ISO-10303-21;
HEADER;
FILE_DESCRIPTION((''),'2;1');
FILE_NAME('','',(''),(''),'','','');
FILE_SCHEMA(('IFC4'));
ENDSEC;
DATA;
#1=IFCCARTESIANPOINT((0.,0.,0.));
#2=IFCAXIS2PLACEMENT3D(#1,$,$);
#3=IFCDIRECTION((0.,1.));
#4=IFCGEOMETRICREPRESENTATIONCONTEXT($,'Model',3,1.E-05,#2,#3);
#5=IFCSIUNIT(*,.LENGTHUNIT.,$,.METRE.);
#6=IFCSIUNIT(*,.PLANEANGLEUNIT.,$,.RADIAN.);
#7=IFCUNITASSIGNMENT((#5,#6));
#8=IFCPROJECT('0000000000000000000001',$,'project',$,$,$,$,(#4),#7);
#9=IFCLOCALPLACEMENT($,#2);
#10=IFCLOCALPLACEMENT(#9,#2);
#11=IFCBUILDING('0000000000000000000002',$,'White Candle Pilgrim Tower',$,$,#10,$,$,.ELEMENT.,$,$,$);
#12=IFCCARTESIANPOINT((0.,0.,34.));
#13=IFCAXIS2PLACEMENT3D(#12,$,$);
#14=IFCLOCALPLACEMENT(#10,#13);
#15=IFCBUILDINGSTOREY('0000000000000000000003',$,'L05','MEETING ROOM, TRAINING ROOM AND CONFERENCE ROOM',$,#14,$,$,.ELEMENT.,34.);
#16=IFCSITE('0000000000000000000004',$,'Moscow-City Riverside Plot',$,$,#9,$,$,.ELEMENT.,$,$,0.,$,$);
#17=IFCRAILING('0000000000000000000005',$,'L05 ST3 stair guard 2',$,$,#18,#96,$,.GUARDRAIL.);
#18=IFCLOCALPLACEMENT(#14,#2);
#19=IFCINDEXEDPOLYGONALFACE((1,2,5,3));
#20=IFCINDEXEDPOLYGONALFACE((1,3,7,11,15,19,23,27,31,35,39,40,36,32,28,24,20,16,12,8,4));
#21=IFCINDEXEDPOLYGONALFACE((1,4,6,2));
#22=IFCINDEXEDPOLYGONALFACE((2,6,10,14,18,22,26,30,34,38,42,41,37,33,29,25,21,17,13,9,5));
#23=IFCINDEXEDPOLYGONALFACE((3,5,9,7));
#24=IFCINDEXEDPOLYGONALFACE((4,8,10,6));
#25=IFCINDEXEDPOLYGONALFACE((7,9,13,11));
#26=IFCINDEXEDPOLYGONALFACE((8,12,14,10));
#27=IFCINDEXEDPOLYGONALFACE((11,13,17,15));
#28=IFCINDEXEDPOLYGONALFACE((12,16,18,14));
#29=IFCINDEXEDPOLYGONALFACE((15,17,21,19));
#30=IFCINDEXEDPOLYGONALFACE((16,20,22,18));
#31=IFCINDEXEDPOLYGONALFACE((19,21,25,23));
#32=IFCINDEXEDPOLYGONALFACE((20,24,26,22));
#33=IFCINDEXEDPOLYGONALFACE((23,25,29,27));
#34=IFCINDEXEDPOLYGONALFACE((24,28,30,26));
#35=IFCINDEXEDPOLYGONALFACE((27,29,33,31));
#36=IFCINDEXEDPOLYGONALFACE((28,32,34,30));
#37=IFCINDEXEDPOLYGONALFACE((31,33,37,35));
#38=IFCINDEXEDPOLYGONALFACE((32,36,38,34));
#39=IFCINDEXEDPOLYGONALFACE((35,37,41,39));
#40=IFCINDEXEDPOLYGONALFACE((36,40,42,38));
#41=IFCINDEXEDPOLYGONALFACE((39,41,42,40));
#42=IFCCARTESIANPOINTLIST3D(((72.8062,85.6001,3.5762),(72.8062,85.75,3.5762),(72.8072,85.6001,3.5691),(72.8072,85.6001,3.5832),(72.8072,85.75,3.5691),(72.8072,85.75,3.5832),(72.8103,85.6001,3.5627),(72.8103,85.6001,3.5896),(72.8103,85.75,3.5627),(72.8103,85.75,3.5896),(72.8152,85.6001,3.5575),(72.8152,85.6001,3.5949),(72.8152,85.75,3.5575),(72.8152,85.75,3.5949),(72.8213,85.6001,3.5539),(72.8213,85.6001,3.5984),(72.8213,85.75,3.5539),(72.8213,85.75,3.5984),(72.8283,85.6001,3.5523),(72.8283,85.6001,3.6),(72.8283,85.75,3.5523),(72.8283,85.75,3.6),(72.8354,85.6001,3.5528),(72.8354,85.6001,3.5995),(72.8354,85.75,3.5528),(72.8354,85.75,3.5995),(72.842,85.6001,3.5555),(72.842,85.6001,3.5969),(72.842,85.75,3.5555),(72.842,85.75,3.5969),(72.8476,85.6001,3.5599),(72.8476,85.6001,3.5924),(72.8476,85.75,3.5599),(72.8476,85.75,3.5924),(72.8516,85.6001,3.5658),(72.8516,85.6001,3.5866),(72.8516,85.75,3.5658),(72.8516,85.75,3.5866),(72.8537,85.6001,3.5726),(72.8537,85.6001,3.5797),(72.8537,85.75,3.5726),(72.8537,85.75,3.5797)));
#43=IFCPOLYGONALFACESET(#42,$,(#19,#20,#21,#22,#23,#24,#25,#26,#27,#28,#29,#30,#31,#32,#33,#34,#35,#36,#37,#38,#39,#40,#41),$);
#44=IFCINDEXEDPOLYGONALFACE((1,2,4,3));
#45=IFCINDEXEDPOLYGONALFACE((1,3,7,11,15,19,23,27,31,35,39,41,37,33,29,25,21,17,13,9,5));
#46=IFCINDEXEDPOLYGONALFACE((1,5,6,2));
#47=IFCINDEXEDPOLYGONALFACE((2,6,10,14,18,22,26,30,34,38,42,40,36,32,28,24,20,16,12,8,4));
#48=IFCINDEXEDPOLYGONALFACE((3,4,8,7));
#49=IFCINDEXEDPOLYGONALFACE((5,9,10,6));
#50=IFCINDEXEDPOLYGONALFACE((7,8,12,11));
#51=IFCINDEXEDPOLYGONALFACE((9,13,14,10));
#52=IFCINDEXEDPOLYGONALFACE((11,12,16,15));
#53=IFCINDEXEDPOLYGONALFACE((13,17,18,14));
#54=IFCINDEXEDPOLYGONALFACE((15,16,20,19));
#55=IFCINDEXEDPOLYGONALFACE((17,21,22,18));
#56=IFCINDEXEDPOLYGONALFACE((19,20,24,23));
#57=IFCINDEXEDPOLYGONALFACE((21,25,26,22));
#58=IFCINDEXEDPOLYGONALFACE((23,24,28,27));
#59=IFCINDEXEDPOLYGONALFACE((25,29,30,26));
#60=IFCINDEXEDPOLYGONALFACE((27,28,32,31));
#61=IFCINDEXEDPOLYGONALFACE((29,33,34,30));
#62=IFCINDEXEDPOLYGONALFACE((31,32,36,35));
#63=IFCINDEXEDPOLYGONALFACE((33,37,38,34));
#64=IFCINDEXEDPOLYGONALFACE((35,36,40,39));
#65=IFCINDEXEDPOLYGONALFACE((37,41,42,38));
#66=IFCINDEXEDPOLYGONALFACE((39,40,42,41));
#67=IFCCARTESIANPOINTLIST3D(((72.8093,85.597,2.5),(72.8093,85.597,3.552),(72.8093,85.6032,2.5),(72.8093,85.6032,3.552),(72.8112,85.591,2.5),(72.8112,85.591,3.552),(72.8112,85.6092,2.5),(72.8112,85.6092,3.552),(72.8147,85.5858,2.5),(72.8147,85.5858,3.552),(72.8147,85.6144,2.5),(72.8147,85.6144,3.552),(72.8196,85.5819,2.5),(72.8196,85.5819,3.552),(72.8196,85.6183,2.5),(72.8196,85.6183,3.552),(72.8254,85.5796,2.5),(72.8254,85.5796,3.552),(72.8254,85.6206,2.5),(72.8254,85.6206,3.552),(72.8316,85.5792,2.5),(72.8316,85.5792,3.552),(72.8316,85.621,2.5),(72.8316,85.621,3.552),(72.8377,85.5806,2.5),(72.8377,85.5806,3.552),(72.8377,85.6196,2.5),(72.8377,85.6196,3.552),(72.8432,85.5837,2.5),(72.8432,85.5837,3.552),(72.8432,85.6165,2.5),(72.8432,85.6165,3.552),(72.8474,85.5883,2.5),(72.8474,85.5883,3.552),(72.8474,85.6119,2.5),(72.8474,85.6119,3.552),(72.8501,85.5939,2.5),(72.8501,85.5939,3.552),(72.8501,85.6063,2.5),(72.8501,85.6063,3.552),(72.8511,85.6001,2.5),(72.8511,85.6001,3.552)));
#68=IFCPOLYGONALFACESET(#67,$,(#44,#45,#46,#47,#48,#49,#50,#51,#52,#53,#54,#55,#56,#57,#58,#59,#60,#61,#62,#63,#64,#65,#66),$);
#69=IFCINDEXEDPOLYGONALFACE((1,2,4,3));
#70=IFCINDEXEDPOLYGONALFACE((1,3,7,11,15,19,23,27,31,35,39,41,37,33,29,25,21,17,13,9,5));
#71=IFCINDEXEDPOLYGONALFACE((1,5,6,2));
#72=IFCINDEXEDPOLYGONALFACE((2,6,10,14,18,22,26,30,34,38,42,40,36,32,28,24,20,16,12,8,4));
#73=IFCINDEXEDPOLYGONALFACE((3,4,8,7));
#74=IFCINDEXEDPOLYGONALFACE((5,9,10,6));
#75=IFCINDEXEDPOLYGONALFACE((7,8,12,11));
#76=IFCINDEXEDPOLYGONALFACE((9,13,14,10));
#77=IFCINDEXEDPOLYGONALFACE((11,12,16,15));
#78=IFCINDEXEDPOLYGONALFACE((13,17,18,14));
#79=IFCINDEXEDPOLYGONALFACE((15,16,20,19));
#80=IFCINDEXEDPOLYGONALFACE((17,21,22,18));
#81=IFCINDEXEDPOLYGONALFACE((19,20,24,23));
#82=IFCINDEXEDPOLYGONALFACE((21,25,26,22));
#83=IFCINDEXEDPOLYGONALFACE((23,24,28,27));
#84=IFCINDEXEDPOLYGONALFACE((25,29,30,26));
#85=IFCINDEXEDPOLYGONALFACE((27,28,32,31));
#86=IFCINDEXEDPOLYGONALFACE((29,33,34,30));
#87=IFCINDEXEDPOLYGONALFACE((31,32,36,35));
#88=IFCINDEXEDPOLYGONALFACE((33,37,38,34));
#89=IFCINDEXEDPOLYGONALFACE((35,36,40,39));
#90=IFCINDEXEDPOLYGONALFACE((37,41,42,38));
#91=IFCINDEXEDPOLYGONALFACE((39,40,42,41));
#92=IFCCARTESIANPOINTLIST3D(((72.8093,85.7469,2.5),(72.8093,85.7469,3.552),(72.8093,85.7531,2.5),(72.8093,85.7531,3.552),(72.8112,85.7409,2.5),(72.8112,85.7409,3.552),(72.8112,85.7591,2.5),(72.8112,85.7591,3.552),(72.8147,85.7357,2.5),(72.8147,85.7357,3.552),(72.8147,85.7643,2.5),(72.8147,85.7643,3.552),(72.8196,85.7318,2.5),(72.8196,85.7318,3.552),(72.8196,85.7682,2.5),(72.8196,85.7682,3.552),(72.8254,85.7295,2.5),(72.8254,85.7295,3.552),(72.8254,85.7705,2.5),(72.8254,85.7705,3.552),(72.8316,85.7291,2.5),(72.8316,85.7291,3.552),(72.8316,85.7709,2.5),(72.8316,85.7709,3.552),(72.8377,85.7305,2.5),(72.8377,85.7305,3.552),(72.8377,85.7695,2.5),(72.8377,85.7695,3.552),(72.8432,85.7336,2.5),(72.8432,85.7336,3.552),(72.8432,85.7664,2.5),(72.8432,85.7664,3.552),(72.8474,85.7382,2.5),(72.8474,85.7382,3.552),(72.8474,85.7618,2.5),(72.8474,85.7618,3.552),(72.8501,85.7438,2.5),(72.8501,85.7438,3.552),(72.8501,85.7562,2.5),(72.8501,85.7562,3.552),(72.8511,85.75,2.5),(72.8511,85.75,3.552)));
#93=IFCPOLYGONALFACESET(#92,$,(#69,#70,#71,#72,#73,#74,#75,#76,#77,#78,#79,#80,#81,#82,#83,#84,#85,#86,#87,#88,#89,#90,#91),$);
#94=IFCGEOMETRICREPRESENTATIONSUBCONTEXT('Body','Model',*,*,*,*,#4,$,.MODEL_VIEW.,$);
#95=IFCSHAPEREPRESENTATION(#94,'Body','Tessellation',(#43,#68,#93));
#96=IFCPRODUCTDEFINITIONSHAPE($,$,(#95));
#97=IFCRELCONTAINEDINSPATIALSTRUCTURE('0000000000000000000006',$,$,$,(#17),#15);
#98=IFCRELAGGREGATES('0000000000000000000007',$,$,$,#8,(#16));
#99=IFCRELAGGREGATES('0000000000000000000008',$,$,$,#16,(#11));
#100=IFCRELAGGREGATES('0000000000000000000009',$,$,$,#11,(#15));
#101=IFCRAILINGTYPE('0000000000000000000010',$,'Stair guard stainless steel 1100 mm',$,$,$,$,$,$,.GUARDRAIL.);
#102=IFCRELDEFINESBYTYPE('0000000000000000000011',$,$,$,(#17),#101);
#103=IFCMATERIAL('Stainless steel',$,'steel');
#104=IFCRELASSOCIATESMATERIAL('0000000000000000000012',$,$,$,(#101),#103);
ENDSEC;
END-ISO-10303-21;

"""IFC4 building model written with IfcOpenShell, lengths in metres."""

from ifc_helpers import new_model, si_unit, direction, frame, origin, origin_2d, place, context, subcontext, project, spatial, circle, extrude, material, type_object, element, save


model = new_model("IFC4")

# Units and contexts
model_context = context("Model", 3, precision=1e-05, world=origin(), true_north=direction((0.0, 1.0)))
body_context = subcontext(model_context, "Body", "Model", "MODEL_VIEW")
ifc_project = project(units=[si_unit("LENGTHUNIT", "METRE"), si_unit("PLANEANGLEUNIT", "RADIAN")], contexts=[model_context])

# Site, building, storey
site_placement = place(None, origin())
site = spatial("IfcSite", under=ifc_project, at=site_placement, Name="Moscow-City Riverside Plot", CompositionType="ELEMENT", RefElevation=0.0)
building_placement = place(site_placement, origin())
building = spatial("IfcBuilding", under=site, at=building_placement, Name="White Candle Pilgrim Tower", CompositionType="ELEMENT")
storey_placement = place(building_placement, frame((0.0, 0.0, 34.0)))
storey = spatial("IfcBuildingStorey", under=building, at=storey_placement, Name="L05", Description="MEETING ROOM, TRAINING ROOM AND CONFERENCE ROOM", CompositionType="ELEMENT", Elevation=34.0)

# Railing
ifc_material_1 = material(Name="Stainless steel", Category="steel")
railing_type_1 = type_object("IfcRailingType", Name="Stair guard stainless steel 1100 mm", PredefinedType="GUARDRAIL", material=ifc_material_1)
railing_1_placement = place(storey_placement, frame((72.8301, 85.6001, 2.5)))
element("IfcRailing", 1, at=railing_1_placement, inside=storey, type_object=railing_type_1, Name="L05 ST3 stair guard 2", PredefinedType="GUARDRAIL", context=body_context, shape_type="SweptSolid", body=[
    extrude(circle(Radius=0.0239, at=origin_2d()), frame((0.0, 0.0, 1.0762), z_axis=(0.0, 1.0, 0.0), x_axis=(-1.0, 0.0, 0.0)), (0.0, 0.0, 1.0), 0.1499),
    extrude(circle(Radius=0.021, at=origin_2d()), origin(), (0.0, 0.0, 1.0), 1.052),
    extrude(circle(Radius=0.021, at=origin_2d()), frame((0.0, 0.1499, 0.0)), (0.0, 0.0, 1.0), 1.052),
])

save(model, "model.ifc")
